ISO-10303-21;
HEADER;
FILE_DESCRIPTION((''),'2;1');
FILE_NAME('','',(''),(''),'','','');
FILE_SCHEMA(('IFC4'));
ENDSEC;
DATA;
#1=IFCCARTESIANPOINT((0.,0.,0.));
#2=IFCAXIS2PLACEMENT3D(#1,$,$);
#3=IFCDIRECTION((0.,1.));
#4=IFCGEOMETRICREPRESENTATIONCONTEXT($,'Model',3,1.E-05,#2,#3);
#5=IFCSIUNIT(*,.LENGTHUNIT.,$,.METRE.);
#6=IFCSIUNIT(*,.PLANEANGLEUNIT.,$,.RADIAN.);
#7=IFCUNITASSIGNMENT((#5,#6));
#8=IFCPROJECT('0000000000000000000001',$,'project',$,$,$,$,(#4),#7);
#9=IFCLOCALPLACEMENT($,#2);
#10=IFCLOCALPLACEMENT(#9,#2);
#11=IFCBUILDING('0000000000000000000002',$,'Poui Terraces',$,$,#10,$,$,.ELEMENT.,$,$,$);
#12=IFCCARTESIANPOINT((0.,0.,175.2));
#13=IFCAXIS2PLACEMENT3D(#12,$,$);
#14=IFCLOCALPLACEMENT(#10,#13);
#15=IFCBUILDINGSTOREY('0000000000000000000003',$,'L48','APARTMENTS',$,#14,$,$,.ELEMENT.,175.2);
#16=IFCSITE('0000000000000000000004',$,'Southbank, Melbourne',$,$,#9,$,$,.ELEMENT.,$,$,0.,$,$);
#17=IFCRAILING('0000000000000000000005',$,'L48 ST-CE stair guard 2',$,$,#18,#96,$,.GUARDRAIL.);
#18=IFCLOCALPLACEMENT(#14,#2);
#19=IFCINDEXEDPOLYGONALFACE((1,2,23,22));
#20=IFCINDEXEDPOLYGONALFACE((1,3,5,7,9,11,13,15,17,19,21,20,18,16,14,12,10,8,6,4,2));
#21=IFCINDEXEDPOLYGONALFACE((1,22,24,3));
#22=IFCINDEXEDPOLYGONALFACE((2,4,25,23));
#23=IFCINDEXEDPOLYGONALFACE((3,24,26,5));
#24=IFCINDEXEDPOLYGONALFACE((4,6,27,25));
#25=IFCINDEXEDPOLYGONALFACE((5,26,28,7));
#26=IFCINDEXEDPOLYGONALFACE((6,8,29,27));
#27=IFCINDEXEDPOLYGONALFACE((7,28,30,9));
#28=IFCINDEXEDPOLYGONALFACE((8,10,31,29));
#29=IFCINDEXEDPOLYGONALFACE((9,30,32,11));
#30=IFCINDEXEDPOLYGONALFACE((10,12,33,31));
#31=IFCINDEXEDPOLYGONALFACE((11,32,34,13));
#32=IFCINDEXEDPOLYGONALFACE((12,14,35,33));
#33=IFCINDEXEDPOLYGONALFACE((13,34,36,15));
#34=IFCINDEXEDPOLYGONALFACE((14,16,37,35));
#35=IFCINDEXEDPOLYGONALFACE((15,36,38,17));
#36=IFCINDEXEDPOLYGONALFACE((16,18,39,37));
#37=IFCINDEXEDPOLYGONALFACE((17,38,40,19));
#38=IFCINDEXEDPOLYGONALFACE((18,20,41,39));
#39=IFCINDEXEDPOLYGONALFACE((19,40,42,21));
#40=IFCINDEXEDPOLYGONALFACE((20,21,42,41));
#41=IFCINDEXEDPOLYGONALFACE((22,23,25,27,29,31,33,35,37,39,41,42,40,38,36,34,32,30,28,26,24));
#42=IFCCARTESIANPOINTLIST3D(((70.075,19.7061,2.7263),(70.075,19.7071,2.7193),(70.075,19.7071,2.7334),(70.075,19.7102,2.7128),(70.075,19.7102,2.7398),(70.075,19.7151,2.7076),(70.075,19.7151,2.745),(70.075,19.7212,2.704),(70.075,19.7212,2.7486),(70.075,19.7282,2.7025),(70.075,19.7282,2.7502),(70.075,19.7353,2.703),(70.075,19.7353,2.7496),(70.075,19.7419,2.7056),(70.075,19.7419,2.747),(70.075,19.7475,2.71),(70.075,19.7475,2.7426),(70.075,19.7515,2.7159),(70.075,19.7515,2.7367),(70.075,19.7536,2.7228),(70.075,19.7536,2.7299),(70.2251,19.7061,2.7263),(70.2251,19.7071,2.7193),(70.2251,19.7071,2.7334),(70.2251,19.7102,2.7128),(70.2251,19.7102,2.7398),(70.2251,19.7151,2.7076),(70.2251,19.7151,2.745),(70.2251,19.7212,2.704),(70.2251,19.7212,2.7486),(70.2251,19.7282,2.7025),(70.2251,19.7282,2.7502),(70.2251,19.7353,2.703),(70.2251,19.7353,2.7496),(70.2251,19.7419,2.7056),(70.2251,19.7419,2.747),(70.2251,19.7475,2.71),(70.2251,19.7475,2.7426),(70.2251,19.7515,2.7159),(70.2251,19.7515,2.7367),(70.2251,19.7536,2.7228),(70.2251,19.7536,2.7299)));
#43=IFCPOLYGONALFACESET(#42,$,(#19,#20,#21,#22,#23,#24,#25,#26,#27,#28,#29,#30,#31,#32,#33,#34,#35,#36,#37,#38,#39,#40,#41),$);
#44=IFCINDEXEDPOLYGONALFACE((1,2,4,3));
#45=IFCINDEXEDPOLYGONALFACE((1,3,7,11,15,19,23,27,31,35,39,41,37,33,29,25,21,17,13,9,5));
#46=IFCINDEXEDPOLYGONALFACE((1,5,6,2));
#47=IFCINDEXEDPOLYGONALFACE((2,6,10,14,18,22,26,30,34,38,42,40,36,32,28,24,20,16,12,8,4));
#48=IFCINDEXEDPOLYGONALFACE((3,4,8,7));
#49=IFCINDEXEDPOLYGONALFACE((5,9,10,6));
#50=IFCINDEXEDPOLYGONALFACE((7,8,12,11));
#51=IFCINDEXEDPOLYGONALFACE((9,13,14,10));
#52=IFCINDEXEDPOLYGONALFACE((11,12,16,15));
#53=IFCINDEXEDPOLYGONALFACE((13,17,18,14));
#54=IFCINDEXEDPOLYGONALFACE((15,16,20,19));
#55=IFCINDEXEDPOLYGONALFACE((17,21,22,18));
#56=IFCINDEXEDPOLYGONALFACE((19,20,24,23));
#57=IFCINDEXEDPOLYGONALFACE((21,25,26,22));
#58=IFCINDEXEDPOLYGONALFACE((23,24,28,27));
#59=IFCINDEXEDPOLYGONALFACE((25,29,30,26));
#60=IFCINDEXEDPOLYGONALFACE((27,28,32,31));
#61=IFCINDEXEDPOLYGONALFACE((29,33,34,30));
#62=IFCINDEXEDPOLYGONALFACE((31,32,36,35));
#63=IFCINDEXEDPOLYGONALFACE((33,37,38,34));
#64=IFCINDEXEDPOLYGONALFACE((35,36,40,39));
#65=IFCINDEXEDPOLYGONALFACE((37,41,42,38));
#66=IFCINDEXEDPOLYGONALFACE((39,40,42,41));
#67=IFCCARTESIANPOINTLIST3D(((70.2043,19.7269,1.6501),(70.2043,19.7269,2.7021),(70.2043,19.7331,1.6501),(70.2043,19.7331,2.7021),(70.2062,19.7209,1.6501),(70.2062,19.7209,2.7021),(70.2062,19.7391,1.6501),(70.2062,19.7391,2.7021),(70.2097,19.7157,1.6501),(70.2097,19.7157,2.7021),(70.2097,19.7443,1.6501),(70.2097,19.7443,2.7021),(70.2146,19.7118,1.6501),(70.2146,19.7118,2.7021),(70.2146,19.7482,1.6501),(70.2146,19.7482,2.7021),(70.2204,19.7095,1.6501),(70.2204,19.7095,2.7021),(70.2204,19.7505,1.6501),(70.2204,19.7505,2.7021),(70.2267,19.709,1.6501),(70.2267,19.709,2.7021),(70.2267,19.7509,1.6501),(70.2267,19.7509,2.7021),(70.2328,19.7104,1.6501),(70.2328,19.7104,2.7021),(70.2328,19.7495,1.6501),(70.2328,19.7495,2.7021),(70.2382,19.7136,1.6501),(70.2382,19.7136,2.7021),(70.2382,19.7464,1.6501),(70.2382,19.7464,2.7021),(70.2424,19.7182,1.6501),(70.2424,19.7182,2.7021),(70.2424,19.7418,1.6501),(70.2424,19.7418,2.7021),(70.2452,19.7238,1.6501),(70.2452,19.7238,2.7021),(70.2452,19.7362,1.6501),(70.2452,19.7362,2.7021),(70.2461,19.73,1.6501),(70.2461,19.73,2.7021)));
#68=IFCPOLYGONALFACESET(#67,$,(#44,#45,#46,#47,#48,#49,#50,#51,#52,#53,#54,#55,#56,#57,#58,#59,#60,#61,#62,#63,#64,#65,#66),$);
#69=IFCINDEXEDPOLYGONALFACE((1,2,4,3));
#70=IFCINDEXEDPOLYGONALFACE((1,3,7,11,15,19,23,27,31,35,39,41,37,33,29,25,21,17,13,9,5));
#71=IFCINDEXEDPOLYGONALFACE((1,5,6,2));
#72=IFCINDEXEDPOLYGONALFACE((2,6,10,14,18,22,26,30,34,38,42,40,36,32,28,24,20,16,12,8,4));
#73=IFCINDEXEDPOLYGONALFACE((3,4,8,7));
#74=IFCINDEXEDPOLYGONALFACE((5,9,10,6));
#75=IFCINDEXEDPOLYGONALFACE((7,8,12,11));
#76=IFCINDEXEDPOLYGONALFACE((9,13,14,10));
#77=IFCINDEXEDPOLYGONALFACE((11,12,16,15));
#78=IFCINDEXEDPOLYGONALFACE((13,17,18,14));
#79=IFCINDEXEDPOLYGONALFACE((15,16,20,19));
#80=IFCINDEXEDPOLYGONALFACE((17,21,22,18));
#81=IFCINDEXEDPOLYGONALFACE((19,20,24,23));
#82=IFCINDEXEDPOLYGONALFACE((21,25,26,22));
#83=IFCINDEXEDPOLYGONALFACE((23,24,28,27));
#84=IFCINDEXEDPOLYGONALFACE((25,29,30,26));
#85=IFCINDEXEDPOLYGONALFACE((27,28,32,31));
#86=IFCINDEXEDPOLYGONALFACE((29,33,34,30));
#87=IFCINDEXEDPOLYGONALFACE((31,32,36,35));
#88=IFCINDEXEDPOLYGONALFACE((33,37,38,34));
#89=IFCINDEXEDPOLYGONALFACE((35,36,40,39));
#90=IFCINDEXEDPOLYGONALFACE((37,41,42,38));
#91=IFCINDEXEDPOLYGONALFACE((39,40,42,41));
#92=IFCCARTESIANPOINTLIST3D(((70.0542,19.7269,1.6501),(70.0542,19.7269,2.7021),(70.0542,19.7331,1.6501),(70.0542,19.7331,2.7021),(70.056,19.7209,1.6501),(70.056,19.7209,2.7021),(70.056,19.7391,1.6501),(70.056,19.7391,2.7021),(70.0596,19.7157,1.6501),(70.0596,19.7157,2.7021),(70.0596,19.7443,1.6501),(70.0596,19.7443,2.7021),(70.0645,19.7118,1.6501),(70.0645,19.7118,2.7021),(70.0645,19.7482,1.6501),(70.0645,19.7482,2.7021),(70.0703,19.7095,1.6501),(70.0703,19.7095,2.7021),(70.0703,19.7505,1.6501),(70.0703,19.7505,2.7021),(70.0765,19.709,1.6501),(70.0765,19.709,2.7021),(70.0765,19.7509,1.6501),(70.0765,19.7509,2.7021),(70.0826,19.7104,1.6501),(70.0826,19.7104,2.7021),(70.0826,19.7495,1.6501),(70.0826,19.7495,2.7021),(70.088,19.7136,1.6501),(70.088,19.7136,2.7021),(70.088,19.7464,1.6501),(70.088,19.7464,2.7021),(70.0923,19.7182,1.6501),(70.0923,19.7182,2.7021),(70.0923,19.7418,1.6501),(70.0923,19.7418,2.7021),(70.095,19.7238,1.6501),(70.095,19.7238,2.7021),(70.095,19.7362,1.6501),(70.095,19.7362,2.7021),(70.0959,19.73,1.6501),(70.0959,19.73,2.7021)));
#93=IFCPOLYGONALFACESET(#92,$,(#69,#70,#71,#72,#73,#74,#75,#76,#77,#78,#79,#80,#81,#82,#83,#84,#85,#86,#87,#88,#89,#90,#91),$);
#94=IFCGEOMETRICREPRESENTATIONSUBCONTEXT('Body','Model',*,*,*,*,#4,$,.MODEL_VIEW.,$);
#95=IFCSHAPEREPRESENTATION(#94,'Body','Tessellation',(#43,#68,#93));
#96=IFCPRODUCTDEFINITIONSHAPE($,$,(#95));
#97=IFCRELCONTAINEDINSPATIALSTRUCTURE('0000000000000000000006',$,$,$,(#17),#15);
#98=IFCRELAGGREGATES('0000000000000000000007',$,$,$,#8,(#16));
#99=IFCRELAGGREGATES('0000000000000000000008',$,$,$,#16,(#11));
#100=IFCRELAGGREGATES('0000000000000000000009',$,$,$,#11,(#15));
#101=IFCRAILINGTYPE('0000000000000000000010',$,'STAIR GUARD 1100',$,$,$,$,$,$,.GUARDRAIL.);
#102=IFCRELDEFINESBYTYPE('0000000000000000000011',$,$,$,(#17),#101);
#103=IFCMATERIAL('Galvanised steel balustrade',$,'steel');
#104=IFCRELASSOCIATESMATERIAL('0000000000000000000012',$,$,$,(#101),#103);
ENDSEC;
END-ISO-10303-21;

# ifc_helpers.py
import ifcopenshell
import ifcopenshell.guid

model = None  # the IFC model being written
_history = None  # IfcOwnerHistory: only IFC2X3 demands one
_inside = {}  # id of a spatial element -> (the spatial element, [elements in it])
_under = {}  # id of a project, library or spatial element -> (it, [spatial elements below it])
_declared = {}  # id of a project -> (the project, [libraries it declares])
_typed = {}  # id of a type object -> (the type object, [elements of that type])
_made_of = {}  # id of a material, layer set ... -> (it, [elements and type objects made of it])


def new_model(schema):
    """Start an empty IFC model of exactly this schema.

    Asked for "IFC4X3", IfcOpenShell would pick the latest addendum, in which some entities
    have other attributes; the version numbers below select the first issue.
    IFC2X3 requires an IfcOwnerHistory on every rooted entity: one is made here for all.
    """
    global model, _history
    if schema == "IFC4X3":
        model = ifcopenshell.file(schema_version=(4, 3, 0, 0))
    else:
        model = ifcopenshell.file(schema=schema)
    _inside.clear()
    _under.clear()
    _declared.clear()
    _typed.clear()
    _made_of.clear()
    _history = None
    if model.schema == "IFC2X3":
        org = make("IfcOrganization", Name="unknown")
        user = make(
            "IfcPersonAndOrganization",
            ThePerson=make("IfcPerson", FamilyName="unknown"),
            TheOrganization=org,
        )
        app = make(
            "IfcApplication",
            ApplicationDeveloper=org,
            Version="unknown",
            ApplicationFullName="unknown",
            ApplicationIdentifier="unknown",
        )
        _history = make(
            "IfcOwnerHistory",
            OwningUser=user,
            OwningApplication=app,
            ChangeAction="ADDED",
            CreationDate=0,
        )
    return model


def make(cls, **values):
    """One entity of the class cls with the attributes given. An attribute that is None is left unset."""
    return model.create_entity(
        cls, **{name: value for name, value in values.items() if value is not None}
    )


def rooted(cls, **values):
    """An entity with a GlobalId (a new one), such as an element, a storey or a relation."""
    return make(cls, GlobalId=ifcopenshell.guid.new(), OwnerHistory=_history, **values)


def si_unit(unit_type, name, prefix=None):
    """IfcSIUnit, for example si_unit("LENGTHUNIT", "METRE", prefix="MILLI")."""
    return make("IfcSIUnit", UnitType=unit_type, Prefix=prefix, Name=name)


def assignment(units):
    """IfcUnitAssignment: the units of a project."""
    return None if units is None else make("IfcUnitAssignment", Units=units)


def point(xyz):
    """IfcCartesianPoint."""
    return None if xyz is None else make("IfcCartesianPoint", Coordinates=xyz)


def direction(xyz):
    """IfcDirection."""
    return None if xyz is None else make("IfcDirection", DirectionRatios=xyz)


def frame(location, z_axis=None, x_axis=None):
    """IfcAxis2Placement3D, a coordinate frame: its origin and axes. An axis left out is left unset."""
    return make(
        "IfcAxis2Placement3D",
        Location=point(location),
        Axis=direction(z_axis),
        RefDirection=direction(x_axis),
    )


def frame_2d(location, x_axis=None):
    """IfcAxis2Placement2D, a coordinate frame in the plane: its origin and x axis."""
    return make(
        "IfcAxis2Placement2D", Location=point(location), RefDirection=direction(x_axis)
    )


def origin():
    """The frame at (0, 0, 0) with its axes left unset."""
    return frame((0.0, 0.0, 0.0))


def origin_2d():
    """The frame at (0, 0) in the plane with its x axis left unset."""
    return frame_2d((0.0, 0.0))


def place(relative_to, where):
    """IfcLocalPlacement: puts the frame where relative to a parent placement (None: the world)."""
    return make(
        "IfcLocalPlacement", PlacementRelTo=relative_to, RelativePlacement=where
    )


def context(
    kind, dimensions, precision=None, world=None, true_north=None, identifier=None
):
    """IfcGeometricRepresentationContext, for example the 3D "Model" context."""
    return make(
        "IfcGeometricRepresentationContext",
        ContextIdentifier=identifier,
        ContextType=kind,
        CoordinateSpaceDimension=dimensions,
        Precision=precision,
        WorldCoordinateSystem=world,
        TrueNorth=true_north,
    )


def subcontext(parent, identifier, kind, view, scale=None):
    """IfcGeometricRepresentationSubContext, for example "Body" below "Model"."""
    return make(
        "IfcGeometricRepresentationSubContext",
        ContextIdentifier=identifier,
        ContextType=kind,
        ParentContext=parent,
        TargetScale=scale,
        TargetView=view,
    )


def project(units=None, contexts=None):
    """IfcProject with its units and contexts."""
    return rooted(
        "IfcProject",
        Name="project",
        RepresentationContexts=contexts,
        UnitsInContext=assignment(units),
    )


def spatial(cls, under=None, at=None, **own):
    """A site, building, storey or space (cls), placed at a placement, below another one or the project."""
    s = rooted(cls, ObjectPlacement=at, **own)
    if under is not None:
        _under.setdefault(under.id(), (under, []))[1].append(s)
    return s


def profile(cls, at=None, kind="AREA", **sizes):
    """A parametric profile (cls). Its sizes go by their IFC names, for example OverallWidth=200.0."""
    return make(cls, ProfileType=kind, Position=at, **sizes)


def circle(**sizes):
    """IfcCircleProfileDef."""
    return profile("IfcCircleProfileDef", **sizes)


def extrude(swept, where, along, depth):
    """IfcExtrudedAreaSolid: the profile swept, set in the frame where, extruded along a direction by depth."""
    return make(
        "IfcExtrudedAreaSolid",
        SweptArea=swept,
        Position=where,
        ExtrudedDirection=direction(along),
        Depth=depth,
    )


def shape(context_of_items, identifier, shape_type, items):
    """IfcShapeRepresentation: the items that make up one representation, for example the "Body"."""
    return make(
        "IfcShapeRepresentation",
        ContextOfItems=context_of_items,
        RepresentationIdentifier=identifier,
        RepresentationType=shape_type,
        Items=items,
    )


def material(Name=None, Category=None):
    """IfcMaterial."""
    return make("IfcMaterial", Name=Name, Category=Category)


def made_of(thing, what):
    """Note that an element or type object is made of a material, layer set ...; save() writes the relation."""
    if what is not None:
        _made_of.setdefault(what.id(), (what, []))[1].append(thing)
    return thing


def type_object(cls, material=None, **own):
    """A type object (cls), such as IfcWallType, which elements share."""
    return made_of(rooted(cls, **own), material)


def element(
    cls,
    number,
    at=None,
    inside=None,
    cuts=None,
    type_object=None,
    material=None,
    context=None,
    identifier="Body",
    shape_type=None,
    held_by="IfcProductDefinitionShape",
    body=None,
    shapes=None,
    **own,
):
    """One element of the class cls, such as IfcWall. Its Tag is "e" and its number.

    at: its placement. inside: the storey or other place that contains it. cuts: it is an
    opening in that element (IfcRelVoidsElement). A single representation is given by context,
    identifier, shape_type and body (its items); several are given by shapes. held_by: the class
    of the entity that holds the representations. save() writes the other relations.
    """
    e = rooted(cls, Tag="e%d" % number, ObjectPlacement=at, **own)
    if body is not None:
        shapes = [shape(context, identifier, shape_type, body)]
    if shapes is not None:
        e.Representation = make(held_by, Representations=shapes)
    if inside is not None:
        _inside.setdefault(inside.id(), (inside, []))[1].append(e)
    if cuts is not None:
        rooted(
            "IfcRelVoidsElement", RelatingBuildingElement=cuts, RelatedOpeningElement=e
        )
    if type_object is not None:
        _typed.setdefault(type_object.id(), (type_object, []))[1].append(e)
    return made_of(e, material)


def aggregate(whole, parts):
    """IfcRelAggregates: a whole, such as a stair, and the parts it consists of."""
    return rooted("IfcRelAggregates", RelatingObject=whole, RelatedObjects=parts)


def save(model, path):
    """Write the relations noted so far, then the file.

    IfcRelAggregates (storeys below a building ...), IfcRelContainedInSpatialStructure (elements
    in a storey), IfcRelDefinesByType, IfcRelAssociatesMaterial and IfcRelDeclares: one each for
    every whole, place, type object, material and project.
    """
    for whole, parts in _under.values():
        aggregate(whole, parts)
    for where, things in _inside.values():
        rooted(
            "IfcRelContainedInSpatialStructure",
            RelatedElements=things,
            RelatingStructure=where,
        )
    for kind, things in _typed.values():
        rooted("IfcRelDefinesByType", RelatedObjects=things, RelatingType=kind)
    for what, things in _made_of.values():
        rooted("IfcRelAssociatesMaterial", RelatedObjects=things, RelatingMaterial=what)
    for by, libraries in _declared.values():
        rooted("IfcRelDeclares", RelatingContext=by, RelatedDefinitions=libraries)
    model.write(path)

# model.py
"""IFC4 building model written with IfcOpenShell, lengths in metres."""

from ifc_helpers import new_model, si_unit, direction, frame, origin, origin_2d, place, context, subcontext, project, spatial, circle, extrude, material, type_object, element, save


model = new_model("IFC4")

# Units and contexts
model_context = context("Model", 3, precision=1e-05, world=origin(), true_north=direction((0.0, 1.0)))
body_context = subcontext(model_context, "Body", "Model", "MODEL_VIEW")
ifc_project = project(units=[si_unit("LENGTHUNIT", "METRE"), si_unit("PLANEANGLEUNIT", "RADIAN")], contexts=[model_context])

# Site, building, storey
site_placement = place(None, origin())
site = spatial("IfcSite", under=ifc_project, at=site_placement, Name="Southbank, Melbourne", CompositionType="ELEMENT", RefElevation=0.0)
building_placement = place(site_placement, origin())
building = spatial("IfcBuilding", under=site, at=building_placement, Name="Poui Terraces", CompositionType="ELEMENT")
storey_placement = place(building_placement, frame((0.0, 0.0, 175.2)))
storey = spatial("IfcBuildingStorey", under=building, at=storey_placement, Name="L48", Description="APARTMENTS", CompositionType="ELEMENT", Elevation=175.2)

# Railing
ifc_material_1 = material(Name="Galvanised steel balustrade", Category="steel")
railing_type_1 = type_object("IfcRailingType", Name="STAIR GUARD 1100", PredefinedType="GUARDRAIL", material=ifc_material_1)
railing_1_placement = place(storey_placement, frame((70.2251, 19.73, 1.6501)))
element("IfcRailing", 1, at=railing_1_placement, inside=storey, type_object=railing_type_1, Name="L48 ST-CE stair guard 2", PredefinedType="GUARDRAIL", context=body_context, shape_type="SweptSolid", body=[
    extrude(circle(Radius=0.0239, at=origin_2d()), frame((0.0, 0.0, 1.0762), z_axis=(-1.0, 0.0, 0.0), x_axis=(0.0, -1.0, 0.0)), (0.0, 0.0, 1.0), 0.1501),
    extrude(circle(Radius=0.021, at=origin_2d()), origin(), (0.0, 0.0, 1.0), 1.052),
    extrude(circle(Radius=0.021, at=origin_2d()), frame((-0.1501, 0.0, 0.0)), (0.0, 0.0, 1.0), 1.052),
])

save(model, "model.ifc")
